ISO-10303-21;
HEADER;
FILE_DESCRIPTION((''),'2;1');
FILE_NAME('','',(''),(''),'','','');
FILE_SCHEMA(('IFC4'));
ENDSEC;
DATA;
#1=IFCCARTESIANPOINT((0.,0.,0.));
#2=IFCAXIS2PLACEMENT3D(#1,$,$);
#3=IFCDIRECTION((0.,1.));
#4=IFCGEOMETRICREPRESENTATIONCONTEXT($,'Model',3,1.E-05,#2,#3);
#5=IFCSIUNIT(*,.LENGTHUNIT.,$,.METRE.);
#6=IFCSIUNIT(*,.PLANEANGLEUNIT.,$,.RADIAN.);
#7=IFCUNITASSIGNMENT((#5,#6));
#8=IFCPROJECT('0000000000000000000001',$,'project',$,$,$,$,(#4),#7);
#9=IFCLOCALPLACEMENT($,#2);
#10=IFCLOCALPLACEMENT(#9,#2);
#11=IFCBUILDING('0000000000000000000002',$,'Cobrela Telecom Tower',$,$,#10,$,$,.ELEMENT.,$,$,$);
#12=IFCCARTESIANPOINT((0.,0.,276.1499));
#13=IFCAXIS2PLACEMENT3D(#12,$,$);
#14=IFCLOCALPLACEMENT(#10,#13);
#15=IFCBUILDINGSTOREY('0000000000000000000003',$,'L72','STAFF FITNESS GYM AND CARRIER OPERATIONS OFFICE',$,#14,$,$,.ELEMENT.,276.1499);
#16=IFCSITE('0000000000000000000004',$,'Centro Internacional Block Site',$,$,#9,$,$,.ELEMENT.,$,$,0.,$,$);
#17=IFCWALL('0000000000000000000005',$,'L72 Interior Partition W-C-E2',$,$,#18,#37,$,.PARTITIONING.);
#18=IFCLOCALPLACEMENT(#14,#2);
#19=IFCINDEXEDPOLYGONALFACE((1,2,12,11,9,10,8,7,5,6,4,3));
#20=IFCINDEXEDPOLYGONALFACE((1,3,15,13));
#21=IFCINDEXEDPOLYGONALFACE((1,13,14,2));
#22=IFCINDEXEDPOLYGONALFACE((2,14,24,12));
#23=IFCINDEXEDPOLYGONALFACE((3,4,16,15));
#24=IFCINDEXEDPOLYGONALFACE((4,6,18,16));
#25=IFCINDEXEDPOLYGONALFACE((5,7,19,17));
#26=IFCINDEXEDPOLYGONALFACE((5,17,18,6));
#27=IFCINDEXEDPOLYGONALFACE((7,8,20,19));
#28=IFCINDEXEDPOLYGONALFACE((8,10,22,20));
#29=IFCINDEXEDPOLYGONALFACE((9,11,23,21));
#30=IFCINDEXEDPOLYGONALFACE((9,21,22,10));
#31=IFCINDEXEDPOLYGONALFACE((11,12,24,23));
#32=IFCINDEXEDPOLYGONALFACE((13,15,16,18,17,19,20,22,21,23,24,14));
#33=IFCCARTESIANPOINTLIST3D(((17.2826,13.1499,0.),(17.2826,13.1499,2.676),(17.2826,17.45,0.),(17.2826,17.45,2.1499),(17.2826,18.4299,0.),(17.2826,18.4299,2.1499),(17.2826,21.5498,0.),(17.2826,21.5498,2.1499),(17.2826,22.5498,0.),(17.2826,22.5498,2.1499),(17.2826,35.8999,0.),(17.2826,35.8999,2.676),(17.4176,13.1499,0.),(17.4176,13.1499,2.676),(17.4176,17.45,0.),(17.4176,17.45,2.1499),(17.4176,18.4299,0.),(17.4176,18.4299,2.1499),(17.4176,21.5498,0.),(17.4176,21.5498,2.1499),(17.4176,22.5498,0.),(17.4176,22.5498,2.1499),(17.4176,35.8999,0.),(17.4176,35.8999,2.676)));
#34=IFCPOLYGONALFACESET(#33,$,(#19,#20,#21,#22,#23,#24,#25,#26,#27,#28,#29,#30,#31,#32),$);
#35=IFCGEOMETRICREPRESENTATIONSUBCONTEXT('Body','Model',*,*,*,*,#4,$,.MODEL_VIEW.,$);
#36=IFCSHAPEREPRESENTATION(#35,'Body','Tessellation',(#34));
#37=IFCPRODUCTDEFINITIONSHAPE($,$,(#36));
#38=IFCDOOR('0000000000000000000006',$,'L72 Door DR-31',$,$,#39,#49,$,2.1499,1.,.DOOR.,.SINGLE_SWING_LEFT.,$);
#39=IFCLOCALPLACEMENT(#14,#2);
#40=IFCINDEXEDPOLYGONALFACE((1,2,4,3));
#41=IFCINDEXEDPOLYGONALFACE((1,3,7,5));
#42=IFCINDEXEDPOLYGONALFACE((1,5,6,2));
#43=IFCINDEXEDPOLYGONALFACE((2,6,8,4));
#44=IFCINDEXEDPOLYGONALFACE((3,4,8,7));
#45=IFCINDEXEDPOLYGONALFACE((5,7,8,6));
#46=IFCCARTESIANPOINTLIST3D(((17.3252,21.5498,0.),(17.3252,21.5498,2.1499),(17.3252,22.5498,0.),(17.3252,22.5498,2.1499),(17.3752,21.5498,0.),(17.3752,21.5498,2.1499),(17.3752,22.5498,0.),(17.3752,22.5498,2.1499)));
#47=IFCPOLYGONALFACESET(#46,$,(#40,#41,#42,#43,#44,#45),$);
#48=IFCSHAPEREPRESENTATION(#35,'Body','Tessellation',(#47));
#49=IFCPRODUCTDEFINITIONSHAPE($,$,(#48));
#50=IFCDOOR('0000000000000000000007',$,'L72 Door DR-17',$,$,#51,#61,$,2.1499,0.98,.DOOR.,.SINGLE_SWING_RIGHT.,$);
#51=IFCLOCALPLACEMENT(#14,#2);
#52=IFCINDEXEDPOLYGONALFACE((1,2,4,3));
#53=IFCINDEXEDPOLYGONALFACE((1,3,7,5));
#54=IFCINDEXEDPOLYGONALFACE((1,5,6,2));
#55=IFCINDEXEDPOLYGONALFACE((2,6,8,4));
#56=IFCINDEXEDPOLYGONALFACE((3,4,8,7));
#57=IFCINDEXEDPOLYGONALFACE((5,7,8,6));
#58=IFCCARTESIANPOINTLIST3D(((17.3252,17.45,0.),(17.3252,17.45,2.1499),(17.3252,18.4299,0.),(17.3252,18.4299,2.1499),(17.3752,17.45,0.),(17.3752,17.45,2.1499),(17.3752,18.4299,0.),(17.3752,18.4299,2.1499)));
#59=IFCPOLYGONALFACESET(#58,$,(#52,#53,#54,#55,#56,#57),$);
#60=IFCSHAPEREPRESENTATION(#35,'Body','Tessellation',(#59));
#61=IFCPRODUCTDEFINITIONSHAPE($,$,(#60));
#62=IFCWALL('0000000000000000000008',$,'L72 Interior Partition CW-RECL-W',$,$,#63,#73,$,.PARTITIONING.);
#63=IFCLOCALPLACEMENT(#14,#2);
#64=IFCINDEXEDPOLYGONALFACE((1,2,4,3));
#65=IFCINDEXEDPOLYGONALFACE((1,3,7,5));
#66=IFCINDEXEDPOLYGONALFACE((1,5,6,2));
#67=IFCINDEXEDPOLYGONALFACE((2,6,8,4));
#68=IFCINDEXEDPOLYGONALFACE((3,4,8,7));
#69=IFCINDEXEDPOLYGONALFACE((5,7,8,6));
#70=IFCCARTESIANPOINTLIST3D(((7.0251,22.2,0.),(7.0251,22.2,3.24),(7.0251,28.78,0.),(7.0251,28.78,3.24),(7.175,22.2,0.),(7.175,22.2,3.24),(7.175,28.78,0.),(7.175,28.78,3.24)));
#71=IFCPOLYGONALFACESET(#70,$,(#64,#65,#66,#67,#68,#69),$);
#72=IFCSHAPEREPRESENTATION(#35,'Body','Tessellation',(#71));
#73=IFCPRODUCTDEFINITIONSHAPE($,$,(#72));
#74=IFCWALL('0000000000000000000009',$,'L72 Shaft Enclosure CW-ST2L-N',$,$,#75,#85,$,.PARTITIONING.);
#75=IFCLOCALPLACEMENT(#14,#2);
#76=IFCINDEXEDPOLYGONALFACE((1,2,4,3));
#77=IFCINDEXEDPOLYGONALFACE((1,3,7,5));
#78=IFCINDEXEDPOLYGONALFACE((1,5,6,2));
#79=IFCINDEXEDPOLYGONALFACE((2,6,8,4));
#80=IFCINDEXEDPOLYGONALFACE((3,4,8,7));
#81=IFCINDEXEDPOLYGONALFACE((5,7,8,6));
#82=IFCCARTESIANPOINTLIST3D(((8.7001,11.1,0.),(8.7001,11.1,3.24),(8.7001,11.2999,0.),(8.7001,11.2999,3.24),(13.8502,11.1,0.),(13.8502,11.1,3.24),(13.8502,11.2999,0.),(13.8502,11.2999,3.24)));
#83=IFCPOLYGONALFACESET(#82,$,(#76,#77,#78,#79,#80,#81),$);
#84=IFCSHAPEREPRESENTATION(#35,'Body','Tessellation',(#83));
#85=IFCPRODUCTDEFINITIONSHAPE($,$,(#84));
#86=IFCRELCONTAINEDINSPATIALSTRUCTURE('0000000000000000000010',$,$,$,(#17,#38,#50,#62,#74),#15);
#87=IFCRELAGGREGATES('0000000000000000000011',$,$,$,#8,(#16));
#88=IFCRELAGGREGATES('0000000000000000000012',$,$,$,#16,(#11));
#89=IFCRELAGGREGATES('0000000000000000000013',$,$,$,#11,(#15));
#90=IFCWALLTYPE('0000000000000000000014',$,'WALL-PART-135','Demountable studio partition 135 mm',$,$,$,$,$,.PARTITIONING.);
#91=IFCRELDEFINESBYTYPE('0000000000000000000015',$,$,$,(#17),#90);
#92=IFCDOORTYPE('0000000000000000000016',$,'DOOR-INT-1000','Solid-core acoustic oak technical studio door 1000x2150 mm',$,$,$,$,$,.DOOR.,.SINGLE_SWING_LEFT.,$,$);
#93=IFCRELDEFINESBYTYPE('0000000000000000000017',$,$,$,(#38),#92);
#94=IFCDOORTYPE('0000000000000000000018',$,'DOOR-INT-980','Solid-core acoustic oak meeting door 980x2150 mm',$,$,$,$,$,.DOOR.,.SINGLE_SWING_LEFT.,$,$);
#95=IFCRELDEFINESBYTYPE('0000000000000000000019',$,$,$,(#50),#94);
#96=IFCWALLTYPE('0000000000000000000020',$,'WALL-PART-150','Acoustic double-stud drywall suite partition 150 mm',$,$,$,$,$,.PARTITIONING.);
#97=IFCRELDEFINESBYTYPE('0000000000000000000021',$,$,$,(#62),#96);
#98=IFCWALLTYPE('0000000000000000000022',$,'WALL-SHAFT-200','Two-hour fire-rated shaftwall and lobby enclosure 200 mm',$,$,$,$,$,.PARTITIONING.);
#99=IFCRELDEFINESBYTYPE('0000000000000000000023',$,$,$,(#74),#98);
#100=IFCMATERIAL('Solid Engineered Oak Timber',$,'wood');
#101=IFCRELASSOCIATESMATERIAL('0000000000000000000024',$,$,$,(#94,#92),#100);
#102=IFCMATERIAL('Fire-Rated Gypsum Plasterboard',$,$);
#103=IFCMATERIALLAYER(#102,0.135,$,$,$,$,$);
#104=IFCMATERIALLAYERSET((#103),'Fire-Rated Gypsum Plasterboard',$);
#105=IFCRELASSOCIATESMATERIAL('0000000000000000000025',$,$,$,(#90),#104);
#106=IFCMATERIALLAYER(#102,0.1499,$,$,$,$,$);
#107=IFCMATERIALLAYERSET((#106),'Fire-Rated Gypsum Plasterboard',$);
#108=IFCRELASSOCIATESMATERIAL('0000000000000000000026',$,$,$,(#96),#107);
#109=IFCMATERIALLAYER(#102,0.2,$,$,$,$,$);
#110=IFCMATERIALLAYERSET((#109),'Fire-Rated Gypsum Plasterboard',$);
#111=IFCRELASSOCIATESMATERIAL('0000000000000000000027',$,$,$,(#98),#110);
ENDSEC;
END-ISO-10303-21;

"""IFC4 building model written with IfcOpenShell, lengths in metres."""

from ifc_helpers import new_model, si_unit, direction, frame, frame_2d, origin, place, context, subcontext, project, spatial, rectangle, extrude, material, layer, layer_set, type_object, element, fill, save


model = new_model("IFC4")

# Units and contexts
model_context = context("Model", 3, precision=1e-05, world=origin(), true_north=direction((0.0, 1.0)))
body_context = subcontext(model_context, "Body", "Model", "MODEL_VIEW")
ifc_project = project(units=[si_unit("LENGTHUNIT", "METRE"), si_unit("PLANEANGLEUNIT", "RADIAN")], contexts=[model_context])

# Site, building, storey
site_placement = place(None, origin())
site = spatial("IfcSite", under=ifc_project, at=site_placement, Name="Centro Internacional Block Site", CompositionType="ELEMENT", RefElevation=0.0)
building_placement = place(site_placement, origin())
building = spatial("IfcBuilding", under=site, at=building_placement, Name="Cobrela Telecom Tower", CompositionType="ELEMENT")
storey_placement = place(building_placement, frame((0.0, 0.0, 276.1499)))
storey = spatial("IfcBuildingStorey", under=building, at=storey_placement, Name="L72", Description="STAFF FITNESS GYM AND CARRIER OPERATIONS OFFICE", CompositionType="ELEMENT", Elevation=276.1499)

# Shared definitions
ifc_material_1 = material(Name="Fire-Rated Gypsum Plasterboard")

# Wall, openings, doors
ifc_material_2 = material(Name="Solid Engineered Oak Timber", Category="wood")
door_type_1 = type_object("IfcDoorType", Name="DOOR-INT-980", Description="Solid-core acoustic oak meeting door 980x2150 mm", OperationType="SINGLE_SWING_LEFT", PredefinedType="DOOR", material=ifc_material_2)
ifc_layer_1 = layer(ifc_material_1, 0.135)
ifc_layer_set_1 = layer_set([ifc_layer_1], Name="Fire-Rated Gypsum Plasterboard")
wall_type_1 = type_object("IfcWallType", Name="WALL-PART-135", Description="Demountable studio partition 135 mm", PredefinedType="PARTITIONING", material=ifc_layer_set_1)
wall_1_placement = place(storey_placement, frame((17.3501, 13.1499, 0.0), z_axis=(0.0, 0.0, 1.0), x_axis=(0.0, 1.0, 0.0)))
wall_1 = element("IfcWall", 1, at=wall_1_placement, inside=storey, type_object=wall_type_1, Name="L72 Interior Partition W-C-E2", PredefinedType="PARTITIONING", context=body_context, shape_type="SweptSolid", body=[
    extrude(rectangle(XDim=22.75, YDim=0.135, at=frame_2d((11.375, 0.0))), origin(), (0.0, 0.0, 1.0), 2.676),
])
opening_1_placement = place(wall_1_placement, frame((4.3, 0.0, 0.0)))
opening_1 = element("IfcOpeningElement", 2, at=opening_1_placement, cuts=wall_1, PredefinedType="OPENING", context=body_context, shape_type="SweptSolid", body=[
    extrude(rectangle(XDim=0.98, YDim=2.1499, at=frame_2d((0.49, 1.075))), frame((0.0, 0.0796, 0.0), z_axis=(0.0, -1.0, 0.0), x_axis=(1.0, 0.0, 0.0)), (0.0, 0.0, 1.0), 0.1589),
])
opening_2_placement = place(wall_1_placement, frame((8.3999, 0.0, 0.0)))
opening_2 = element("IfcOpeningElement", 3, at=opening_2_placement, cuts=wall_1, PredefinedType="OPENING", context=body_context, shape_type="SweptSolid", body=[
    extrude(rectangle(XDim=1.0, YDim=2.1499, at=frame_2d((0.5, 1.075))), frame((0.0, 0.0796, 0.0), z_axis=(0.0, -1.0, 0.0), x_axis=(1.0, 0.0, 0.0)), (0.0, 0.0, 1.0), 0.1589),
])
door_type_2 = type_object("IfcDoorType", Name="DOOR-INT-1000", Description="Solid-core acoustic oak technical studio door 1000x2150 mm", OperationType="SINGLE_SWING_LEFT", PredefinedType="DOOR", material=ifc_material_2)
door_1_placement = place(opening_2_placement, origin())
door_1 = element("IfcDoor", 4, at=door_1_placement, inside=storey, type_object=door_type_2, Name="L72 Door DR-31", OperationType="SINGLE_SWING_LEFT", OverallHeight=2.1499, OverallWidth=1.0, PredefinedType="DOOR", context=body_context, shape_type="SweptSolid", body=[
    extrude(rectangle(XDim=1.0, YDim=2.1499, at=frame_2d((0.5, 1.075))), frame((0.0, 0.0249, 0.0), z_axis=(0.0, -1.0, 0.0), x_axis=(1.0, 0.0, 0.0)), (0.0, 0.0, 1.0), 0.05),
])
fill(opening_2, door_1)
door_2_placement = place(opening_1_placement, origin())
door_2 = element("IfcDoor", 5, at=door_2_placement, inside=storey, type_object=door_type_1, Name="L72 Door DR-17", OperationType="SINGLE_SWING_RIGHT", OverallHeight=2.1499, OverallWidth=0.98, PredefinedType="DOOR", context=body_context, shape_type="SweptSolid", body=[
    extrude(rectangle(XDim=0.98, YDim=2.1499, at=frame_2d((0.49, 1.075))), frame((0.0, 0.0249, 0.0), z_axis=(0.0, -1.0, 0.0), x_axis=(1.0, 0.0, 0.0)), (0.0, 0.0, 1.0), 0.05),
])
fill(opening_1, door_2)

# Wall
ifc_layer_2 = layer(ifc_material_1, 0.1499)
ifc_layer_set_2 = layer_set([ifc_layer_2], Name="Fire-Rated Gypsum Plasterboard")
wall_type_2 = type_object("IfcWallType", Name="WALL-PART-150", Description="Acoustic double-stud drywall suite partition 150 mm", PredefinedType="PARTITIONING", material=ifc_layer_set_2)
wall_2_placement = place(storey_placement, frame((7.1001, 22.2, 0.0), z_axis=(0.0, 0.0, 1.0), x_axis=(0.0, 1.0, 0.0)))
element("IfcWall", 6, at=wall_2_placement, inside=storey, type_object=wall_type_2, Name="L72 Interior Partition CW-RECL-W", PredefinedType="PARTITIONING", context=body_context, shape_type="SweptSolid", body=[
    extrude(rectangle(XDim=6.5801, YDim=0.1499, at=frame_2d((3.29, 0.0))), origin(), (0.0, 0.0, 1.0), 3.24),
])

# Wall
ifc_layer_3 = layer(ifc_material_1, 0.2)
ifc_layer_set_3 = layer_set([ifc_layer_3], Name="Fire-Rated Gypsum Plasterboard")
wall_type_3 = type_object("IfcWallType", Name="WALL-SHAFT-200", Description="Two-hour fire-rated shaftwall and lobby enclosure 200 mm", PredefinedType="PARTITIONING", material=ifc_layer_set_3)
wall_3_placement = place(storey_placement, frame((8.7, 11.2, 0.0), z_axis=(0.0, 0.0, 1.0), x_axis=(1.0, 0.0, 0.0)))
element("IfcWall", 7, at=wall_3_placement, inside=storey, type_object=wall_type_3, Name="L72 Shaft Enclosure CW-ST2L-N", PredefinedType="PARTITIONING", context=body_context, shape_type="SweptSolid", body=[
    extrude(rectangle(XDim=5.1501, YDim=0.2, at=frame_2d((2.5752, 0.0))), origin(), (0.0, 0.0, 1.0), 3.24),
])

save(model, "model.ifc")
